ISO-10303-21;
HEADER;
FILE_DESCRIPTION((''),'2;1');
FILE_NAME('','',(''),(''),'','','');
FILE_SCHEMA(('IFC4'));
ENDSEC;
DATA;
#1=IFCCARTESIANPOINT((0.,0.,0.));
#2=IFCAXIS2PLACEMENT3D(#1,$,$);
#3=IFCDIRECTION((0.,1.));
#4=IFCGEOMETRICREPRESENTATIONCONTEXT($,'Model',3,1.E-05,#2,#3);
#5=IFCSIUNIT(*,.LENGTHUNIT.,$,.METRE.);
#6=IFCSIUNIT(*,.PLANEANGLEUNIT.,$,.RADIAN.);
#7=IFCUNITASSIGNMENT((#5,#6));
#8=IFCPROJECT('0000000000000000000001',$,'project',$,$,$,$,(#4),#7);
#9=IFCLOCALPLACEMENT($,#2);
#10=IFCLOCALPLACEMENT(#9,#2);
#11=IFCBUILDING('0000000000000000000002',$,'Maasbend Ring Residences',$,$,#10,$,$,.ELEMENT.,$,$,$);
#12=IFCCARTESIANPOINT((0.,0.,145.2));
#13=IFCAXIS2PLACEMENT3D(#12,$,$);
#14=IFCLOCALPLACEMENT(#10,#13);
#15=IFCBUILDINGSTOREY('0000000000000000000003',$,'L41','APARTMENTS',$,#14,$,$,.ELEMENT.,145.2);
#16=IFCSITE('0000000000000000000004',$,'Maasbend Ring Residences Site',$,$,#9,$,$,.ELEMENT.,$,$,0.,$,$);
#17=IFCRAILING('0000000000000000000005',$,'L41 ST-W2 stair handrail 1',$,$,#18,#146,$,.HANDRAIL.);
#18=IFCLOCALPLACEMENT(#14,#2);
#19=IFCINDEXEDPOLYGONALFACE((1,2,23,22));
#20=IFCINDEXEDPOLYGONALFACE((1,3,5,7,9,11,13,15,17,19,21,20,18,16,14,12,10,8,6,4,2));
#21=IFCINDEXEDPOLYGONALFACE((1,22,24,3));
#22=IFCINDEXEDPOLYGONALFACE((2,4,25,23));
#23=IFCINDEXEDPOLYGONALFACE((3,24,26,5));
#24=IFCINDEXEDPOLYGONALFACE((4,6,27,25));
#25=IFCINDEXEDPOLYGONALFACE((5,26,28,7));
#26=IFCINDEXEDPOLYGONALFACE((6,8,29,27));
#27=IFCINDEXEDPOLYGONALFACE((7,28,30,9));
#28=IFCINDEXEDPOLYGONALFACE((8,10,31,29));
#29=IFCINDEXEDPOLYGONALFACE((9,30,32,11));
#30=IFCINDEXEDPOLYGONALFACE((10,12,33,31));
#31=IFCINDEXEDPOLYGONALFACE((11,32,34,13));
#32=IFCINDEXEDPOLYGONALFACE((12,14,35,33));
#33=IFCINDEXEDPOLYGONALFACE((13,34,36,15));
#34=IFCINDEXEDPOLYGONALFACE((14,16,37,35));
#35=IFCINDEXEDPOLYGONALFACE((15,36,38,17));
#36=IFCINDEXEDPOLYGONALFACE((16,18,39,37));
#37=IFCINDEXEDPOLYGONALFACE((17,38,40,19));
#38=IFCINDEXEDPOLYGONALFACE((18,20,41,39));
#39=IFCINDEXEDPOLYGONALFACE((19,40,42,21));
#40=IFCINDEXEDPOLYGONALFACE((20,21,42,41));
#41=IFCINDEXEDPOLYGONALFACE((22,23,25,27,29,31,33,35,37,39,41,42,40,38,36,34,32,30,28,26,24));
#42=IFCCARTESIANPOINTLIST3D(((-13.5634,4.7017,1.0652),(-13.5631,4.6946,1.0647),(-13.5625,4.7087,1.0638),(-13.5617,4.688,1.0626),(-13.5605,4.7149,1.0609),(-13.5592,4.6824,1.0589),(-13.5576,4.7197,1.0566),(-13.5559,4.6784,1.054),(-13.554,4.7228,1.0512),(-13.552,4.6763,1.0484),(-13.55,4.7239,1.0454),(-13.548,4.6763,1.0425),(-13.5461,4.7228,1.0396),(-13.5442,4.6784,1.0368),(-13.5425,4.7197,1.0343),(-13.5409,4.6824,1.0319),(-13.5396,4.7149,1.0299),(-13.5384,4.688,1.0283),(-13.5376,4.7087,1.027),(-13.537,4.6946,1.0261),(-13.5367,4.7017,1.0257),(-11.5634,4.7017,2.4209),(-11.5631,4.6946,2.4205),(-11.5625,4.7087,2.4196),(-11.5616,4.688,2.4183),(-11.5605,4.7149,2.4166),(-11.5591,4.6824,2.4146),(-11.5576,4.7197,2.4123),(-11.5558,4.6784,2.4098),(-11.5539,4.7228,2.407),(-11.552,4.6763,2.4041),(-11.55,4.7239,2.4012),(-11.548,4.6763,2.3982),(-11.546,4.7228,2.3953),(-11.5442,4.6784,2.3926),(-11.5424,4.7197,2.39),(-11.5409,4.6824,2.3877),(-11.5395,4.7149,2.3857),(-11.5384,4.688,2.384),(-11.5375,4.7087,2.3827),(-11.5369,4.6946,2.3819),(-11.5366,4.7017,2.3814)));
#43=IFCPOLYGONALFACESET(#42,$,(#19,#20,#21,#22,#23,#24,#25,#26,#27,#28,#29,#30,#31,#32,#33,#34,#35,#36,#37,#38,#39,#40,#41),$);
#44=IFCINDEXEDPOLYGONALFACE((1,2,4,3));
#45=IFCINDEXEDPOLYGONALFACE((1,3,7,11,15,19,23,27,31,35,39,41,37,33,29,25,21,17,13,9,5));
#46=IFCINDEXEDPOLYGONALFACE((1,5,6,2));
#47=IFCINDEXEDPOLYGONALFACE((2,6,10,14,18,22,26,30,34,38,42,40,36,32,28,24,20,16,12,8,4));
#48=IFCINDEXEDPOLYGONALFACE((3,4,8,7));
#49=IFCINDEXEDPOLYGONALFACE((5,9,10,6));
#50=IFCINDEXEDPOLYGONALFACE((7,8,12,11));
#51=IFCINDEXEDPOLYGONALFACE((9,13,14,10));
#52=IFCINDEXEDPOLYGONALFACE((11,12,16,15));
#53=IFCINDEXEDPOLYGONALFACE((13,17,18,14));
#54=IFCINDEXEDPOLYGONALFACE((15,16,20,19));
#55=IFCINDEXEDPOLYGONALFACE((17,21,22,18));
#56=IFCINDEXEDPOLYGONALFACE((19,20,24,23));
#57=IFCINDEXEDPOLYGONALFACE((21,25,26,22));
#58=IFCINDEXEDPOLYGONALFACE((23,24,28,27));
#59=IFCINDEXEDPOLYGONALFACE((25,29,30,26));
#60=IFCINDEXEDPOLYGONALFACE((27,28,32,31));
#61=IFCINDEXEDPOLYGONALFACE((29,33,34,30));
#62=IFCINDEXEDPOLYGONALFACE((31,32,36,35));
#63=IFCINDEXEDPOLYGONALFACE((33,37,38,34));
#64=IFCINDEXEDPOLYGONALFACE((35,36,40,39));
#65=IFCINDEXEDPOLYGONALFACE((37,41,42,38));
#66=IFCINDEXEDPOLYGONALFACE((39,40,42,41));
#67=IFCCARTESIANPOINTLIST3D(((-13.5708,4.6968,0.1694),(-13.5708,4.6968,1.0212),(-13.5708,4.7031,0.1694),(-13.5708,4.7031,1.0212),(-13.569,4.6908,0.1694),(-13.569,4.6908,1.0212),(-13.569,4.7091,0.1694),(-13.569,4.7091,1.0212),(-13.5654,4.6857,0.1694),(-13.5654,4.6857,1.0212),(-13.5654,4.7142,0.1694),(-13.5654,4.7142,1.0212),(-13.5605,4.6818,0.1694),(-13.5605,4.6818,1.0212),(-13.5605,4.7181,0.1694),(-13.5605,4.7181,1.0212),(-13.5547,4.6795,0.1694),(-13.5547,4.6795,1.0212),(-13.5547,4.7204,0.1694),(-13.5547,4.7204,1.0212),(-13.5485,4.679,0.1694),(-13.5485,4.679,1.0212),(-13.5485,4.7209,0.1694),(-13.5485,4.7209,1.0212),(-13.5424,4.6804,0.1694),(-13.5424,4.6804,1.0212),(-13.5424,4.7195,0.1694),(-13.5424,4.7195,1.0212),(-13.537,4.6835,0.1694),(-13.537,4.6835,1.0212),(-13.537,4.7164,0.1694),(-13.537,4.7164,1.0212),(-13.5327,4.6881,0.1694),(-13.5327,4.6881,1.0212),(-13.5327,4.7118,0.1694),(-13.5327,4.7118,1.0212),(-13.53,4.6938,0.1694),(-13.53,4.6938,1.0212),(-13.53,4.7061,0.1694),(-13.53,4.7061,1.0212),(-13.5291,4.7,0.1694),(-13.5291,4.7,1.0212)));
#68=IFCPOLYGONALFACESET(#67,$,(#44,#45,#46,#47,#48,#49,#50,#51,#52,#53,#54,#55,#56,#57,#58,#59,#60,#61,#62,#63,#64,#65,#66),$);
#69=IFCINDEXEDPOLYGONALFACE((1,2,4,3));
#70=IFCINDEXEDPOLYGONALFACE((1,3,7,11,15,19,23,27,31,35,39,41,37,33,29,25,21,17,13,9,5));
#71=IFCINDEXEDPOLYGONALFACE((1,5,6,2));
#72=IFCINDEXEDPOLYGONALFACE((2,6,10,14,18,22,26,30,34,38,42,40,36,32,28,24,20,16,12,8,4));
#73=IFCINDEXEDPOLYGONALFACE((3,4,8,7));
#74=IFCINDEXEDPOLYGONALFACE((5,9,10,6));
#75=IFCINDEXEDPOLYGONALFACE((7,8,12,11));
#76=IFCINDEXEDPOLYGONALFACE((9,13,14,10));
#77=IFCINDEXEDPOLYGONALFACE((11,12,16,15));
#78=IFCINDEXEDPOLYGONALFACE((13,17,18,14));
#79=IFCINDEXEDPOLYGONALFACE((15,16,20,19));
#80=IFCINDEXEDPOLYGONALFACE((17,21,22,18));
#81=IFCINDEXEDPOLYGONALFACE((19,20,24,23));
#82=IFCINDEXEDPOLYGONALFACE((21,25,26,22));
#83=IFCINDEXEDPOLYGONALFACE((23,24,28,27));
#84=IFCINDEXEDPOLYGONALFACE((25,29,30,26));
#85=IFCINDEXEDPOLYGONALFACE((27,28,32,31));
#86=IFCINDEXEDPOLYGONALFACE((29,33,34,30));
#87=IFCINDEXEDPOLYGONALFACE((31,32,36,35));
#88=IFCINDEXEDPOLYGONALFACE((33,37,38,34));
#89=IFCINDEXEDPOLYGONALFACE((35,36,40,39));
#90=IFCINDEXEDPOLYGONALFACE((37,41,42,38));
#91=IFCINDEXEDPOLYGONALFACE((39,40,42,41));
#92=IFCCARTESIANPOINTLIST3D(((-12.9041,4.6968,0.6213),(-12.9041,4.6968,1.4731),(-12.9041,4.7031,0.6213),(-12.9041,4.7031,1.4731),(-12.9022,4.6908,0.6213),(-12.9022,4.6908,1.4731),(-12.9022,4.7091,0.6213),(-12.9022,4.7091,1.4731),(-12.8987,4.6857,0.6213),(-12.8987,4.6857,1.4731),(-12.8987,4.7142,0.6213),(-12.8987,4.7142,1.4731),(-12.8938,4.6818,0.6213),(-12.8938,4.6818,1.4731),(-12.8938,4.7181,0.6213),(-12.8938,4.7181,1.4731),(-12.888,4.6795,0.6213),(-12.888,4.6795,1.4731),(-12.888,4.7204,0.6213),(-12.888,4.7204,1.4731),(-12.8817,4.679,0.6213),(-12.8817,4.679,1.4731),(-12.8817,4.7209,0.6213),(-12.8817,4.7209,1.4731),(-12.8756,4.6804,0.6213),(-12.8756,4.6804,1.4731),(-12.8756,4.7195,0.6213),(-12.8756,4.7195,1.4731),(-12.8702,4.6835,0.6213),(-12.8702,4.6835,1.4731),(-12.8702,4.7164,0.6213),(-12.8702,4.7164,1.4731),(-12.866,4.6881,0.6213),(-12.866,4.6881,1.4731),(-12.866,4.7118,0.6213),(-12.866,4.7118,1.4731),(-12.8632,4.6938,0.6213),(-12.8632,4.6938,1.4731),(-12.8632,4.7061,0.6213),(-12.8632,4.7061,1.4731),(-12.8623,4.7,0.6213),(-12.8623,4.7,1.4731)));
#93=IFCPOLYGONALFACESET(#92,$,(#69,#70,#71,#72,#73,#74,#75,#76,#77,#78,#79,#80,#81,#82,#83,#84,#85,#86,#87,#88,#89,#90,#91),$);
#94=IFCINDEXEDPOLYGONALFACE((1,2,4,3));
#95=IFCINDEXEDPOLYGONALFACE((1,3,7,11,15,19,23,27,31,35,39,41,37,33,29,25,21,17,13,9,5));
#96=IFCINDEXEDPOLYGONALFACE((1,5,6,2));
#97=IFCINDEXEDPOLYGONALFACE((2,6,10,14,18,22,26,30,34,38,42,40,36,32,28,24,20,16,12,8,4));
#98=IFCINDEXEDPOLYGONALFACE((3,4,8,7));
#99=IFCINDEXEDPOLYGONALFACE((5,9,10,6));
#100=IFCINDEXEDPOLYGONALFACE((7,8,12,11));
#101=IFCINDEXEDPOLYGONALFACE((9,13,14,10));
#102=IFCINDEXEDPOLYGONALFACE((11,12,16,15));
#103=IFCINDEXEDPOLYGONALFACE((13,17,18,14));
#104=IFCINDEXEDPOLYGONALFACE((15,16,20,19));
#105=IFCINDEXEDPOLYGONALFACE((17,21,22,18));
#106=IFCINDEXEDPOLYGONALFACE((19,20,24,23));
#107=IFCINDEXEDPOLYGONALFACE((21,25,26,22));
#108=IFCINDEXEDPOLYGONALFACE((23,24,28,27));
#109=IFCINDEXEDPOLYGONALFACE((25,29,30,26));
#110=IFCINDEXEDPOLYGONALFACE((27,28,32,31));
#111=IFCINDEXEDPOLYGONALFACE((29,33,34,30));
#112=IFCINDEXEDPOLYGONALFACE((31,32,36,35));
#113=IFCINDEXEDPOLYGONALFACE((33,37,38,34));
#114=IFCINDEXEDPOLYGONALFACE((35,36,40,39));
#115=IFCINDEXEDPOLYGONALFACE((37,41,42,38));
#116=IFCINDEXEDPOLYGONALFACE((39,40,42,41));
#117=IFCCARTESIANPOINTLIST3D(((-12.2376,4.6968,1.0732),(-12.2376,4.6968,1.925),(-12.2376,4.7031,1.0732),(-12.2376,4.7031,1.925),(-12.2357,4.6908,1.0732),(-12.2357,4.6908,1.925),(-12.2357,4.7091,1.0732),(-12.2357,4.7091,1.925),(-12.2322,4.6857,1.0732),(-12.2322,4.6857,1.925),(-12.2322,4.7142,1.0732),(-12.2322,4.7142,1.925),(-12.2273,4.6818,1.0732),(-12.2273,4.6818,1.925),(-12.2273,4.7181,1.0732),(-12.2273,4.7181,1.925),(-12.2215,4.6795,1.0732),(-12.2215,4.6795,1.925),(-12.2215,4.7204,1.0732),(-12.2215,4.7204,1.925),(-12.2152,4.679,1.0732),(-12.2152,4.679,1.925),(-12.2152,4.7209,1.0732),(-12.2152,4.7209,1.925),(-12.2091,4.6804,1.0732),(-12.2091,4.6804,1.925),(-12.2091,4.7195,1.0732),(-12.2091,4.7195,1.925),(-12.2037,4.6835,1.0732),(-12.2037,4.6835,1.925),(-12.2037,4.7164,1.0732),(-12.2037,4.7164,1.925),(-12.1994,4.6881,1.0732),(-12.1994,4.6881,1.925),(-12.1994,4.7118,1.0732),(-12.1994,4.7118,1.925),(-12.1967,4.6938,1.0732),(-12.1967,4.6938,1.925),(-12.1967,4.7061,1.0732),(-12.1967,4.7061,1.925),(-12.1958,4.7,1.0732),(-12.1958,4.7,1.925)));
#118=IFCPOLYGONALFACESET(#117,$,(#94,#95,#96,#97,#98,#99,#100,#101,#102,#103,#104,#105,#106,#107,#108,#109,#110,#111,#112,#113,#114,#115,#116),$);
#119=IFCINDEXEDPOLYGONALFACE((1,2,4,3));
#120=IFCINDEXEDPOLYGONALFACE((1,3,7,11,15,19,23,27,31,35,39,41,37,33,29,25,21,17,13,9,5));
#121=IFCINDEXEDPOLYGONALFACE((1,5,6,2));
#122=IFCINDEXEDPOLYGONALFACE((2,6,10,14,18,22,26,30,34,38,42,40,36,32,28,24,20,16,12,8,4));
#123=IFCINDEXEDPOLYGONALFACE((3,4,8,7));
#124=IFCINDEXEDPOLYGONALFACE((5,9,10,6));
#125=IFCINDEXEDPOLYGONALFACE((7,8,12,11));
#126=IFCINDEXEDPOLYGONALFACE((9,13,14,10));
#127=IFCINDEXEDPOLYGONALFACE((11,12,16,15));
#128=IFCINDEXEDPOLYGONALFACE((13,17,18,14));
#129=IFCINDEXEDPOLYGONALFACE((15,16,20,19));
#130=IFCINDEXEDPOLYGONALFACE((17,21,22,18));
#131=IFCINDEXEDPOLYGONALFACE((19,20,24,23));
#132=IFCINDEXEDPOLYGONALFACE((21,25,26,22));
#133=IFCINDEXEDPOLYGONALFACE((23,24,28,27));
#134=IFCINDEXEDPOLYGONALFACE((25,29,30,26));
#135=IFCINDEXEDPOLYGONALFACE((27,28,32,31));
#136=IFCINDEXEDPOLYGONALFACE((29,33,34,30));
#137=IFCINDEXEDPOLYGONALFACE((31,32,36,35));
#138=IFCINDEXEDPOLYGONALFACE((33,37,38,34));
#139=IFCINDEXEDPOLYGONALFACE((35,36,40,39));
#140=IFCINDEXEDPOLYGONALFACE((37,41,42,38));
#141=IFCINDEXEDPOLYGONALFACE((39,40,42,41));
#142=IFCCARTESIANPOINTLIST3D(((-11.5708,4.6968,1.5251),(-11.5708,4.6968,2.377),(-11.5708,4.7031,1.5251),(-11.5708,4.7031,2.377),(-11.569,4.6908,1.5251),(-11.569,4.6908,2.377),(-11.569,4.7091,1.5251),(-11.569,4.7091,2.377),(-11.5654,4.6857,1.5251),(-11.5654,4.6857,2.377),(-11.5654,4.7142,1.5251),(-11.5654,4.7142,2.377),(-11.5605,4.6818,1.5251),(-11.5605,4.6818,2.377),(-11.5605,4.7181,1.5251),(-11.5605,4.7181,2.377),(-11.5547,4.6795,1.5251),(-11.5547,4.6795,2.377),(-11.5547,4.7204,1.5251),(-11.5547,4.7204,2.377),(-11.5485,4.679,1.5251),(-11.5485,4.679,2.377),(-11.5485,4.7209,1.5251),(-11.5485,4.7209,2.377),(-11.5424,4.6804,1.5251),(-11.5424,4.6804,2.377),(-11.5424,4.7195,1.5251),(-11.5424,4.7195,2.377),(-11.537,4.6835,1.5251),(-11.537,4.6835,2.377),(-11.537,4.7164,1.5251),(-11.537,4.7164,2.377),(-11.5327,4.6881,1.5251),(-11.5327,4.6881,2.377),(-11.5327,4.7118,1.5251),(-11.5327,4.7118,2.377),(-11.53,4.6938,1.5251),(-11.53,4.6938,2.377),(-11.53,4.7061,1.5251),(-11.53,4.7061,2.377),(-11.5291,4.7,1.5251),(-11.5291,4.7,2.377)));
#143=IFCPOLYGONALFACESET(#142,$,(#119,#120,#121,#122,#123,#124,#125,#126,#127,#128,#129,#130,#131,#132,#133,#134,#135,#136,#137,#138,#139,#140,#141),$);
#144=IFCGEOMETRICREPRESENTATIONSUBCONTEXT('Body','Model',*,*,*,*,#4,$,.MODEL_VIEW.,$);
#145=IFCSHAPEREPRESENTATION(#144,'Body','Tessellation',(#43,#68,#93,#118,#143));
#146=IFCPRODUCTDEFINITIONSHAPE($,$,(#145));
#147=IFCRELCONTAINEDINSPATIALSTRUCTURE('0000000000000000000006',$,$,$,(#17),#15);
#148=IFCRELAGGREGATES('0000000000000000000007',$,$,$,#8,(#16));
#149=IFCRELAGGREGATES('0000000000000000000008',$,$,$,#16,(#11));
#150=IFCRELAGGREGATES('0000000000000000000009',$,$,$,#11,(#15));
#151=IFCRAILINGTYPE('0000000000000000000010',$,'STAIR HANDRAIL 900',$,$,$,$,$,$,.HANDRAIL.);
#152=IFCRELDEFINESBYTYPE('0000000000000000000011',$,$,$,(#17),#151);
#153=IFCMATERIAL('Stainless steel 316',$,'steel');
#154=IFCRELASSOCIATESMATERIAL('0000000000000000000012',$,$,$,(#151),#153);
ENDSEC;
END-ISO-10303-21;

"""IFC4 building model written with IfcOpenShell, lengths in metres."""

from ifc_helpers import new_model, si_unit, direction, frame, origin, origin_2d, place, context, subcontext, project, spatial, circle, extrude, material, type_object, element, save


model = new_model("IFC4")

# Units and contexts
model_context = context("Model", 3, precision=1e-05, world=origin(), true_north=direction((0.0, 1.0)))
body_context = subcontext(model_context, "Body", "Model", "MODEL_VIEW")
ifc_project = project(units=[si_unit("LENGTHUNIT", "METRE"), si_unit("PLANEANGLEUNIT", "RADIAN")], contexts=[model_context])

# Site, building, storey
site_placement = place(None, origin())
site = spatial("IfcSite", under=ifc_project, at=site_placement, Name="Maasbend Ring Residences Site", CompositionType="ELEMENT", RefElevation=0.0)
building_placement = place(site_placement, origin())
building = spatial("IfcBuilding", under=site, at=building_placement, Name="Maasbend Ring Residences", CompositionType="ELEMENT")
storey_placement = place(building_placement, frame((0.0, 0.0, 145.2)))
storey = spatial("IfcBuildingStorey", under=building, at=storey_placement, Name="L41", Description="APARTMENTS", CompositionType="ELEMENT", Elevation=145.2)

# Railing
ifc_material_1 = material(Name="Stainless steel 316", Category="steel")
railing_type_1 = type_object("IfcRailingType", Name="STAIR HANDRAIL 900", PredefinedType="HANDRAIL", material=ifc_material_1)
railing_1_placement = place(storey_placement, frame((-13.55, 4.7, 0.1694)))
element("IfcRailing", 1, at=railing_1_placement, inside=storey, type_object=railing_type_1, Name="L41 ST-W2 stair handrail 1", PredefinedType="HANDRAIL", context=body_context, shape_type="SweptSolid", body=[
    extrude(circle(Radius=0.0239, at=origin_2d()), frame((0.0, 0.0, 0.876), z_axis=(0.827751, 0.0, 0.561096), x_axis=(0.0, 1.0, 0.0)), (0.0, 0.0, 1.0), 2.4163),
    extrude(circle(Radius=0.021, at=origin_2d()), origin(), (0.0, 0.0, 1.0), 0.8518),
    extrude(circle(Radius=0.021, at=origin_2d()), frame((0.6667, 0.0, 0.4519)), (0.0, 0.0, 1.0), 0.8518),
    extrude(circle(Radius=0.021, at=origin_2d()), frame((1.3333, 0.0, 0.9038)), (0.0, 0.0, 1.0), 0.8518),
    extrude(circle(Radius=0.021, at=origin_2d()), frame((2.0, 0.0, 1.3557)), (0.0, 0.0, 1.0), 0.8518),
])

save(model, "model.ifc")
